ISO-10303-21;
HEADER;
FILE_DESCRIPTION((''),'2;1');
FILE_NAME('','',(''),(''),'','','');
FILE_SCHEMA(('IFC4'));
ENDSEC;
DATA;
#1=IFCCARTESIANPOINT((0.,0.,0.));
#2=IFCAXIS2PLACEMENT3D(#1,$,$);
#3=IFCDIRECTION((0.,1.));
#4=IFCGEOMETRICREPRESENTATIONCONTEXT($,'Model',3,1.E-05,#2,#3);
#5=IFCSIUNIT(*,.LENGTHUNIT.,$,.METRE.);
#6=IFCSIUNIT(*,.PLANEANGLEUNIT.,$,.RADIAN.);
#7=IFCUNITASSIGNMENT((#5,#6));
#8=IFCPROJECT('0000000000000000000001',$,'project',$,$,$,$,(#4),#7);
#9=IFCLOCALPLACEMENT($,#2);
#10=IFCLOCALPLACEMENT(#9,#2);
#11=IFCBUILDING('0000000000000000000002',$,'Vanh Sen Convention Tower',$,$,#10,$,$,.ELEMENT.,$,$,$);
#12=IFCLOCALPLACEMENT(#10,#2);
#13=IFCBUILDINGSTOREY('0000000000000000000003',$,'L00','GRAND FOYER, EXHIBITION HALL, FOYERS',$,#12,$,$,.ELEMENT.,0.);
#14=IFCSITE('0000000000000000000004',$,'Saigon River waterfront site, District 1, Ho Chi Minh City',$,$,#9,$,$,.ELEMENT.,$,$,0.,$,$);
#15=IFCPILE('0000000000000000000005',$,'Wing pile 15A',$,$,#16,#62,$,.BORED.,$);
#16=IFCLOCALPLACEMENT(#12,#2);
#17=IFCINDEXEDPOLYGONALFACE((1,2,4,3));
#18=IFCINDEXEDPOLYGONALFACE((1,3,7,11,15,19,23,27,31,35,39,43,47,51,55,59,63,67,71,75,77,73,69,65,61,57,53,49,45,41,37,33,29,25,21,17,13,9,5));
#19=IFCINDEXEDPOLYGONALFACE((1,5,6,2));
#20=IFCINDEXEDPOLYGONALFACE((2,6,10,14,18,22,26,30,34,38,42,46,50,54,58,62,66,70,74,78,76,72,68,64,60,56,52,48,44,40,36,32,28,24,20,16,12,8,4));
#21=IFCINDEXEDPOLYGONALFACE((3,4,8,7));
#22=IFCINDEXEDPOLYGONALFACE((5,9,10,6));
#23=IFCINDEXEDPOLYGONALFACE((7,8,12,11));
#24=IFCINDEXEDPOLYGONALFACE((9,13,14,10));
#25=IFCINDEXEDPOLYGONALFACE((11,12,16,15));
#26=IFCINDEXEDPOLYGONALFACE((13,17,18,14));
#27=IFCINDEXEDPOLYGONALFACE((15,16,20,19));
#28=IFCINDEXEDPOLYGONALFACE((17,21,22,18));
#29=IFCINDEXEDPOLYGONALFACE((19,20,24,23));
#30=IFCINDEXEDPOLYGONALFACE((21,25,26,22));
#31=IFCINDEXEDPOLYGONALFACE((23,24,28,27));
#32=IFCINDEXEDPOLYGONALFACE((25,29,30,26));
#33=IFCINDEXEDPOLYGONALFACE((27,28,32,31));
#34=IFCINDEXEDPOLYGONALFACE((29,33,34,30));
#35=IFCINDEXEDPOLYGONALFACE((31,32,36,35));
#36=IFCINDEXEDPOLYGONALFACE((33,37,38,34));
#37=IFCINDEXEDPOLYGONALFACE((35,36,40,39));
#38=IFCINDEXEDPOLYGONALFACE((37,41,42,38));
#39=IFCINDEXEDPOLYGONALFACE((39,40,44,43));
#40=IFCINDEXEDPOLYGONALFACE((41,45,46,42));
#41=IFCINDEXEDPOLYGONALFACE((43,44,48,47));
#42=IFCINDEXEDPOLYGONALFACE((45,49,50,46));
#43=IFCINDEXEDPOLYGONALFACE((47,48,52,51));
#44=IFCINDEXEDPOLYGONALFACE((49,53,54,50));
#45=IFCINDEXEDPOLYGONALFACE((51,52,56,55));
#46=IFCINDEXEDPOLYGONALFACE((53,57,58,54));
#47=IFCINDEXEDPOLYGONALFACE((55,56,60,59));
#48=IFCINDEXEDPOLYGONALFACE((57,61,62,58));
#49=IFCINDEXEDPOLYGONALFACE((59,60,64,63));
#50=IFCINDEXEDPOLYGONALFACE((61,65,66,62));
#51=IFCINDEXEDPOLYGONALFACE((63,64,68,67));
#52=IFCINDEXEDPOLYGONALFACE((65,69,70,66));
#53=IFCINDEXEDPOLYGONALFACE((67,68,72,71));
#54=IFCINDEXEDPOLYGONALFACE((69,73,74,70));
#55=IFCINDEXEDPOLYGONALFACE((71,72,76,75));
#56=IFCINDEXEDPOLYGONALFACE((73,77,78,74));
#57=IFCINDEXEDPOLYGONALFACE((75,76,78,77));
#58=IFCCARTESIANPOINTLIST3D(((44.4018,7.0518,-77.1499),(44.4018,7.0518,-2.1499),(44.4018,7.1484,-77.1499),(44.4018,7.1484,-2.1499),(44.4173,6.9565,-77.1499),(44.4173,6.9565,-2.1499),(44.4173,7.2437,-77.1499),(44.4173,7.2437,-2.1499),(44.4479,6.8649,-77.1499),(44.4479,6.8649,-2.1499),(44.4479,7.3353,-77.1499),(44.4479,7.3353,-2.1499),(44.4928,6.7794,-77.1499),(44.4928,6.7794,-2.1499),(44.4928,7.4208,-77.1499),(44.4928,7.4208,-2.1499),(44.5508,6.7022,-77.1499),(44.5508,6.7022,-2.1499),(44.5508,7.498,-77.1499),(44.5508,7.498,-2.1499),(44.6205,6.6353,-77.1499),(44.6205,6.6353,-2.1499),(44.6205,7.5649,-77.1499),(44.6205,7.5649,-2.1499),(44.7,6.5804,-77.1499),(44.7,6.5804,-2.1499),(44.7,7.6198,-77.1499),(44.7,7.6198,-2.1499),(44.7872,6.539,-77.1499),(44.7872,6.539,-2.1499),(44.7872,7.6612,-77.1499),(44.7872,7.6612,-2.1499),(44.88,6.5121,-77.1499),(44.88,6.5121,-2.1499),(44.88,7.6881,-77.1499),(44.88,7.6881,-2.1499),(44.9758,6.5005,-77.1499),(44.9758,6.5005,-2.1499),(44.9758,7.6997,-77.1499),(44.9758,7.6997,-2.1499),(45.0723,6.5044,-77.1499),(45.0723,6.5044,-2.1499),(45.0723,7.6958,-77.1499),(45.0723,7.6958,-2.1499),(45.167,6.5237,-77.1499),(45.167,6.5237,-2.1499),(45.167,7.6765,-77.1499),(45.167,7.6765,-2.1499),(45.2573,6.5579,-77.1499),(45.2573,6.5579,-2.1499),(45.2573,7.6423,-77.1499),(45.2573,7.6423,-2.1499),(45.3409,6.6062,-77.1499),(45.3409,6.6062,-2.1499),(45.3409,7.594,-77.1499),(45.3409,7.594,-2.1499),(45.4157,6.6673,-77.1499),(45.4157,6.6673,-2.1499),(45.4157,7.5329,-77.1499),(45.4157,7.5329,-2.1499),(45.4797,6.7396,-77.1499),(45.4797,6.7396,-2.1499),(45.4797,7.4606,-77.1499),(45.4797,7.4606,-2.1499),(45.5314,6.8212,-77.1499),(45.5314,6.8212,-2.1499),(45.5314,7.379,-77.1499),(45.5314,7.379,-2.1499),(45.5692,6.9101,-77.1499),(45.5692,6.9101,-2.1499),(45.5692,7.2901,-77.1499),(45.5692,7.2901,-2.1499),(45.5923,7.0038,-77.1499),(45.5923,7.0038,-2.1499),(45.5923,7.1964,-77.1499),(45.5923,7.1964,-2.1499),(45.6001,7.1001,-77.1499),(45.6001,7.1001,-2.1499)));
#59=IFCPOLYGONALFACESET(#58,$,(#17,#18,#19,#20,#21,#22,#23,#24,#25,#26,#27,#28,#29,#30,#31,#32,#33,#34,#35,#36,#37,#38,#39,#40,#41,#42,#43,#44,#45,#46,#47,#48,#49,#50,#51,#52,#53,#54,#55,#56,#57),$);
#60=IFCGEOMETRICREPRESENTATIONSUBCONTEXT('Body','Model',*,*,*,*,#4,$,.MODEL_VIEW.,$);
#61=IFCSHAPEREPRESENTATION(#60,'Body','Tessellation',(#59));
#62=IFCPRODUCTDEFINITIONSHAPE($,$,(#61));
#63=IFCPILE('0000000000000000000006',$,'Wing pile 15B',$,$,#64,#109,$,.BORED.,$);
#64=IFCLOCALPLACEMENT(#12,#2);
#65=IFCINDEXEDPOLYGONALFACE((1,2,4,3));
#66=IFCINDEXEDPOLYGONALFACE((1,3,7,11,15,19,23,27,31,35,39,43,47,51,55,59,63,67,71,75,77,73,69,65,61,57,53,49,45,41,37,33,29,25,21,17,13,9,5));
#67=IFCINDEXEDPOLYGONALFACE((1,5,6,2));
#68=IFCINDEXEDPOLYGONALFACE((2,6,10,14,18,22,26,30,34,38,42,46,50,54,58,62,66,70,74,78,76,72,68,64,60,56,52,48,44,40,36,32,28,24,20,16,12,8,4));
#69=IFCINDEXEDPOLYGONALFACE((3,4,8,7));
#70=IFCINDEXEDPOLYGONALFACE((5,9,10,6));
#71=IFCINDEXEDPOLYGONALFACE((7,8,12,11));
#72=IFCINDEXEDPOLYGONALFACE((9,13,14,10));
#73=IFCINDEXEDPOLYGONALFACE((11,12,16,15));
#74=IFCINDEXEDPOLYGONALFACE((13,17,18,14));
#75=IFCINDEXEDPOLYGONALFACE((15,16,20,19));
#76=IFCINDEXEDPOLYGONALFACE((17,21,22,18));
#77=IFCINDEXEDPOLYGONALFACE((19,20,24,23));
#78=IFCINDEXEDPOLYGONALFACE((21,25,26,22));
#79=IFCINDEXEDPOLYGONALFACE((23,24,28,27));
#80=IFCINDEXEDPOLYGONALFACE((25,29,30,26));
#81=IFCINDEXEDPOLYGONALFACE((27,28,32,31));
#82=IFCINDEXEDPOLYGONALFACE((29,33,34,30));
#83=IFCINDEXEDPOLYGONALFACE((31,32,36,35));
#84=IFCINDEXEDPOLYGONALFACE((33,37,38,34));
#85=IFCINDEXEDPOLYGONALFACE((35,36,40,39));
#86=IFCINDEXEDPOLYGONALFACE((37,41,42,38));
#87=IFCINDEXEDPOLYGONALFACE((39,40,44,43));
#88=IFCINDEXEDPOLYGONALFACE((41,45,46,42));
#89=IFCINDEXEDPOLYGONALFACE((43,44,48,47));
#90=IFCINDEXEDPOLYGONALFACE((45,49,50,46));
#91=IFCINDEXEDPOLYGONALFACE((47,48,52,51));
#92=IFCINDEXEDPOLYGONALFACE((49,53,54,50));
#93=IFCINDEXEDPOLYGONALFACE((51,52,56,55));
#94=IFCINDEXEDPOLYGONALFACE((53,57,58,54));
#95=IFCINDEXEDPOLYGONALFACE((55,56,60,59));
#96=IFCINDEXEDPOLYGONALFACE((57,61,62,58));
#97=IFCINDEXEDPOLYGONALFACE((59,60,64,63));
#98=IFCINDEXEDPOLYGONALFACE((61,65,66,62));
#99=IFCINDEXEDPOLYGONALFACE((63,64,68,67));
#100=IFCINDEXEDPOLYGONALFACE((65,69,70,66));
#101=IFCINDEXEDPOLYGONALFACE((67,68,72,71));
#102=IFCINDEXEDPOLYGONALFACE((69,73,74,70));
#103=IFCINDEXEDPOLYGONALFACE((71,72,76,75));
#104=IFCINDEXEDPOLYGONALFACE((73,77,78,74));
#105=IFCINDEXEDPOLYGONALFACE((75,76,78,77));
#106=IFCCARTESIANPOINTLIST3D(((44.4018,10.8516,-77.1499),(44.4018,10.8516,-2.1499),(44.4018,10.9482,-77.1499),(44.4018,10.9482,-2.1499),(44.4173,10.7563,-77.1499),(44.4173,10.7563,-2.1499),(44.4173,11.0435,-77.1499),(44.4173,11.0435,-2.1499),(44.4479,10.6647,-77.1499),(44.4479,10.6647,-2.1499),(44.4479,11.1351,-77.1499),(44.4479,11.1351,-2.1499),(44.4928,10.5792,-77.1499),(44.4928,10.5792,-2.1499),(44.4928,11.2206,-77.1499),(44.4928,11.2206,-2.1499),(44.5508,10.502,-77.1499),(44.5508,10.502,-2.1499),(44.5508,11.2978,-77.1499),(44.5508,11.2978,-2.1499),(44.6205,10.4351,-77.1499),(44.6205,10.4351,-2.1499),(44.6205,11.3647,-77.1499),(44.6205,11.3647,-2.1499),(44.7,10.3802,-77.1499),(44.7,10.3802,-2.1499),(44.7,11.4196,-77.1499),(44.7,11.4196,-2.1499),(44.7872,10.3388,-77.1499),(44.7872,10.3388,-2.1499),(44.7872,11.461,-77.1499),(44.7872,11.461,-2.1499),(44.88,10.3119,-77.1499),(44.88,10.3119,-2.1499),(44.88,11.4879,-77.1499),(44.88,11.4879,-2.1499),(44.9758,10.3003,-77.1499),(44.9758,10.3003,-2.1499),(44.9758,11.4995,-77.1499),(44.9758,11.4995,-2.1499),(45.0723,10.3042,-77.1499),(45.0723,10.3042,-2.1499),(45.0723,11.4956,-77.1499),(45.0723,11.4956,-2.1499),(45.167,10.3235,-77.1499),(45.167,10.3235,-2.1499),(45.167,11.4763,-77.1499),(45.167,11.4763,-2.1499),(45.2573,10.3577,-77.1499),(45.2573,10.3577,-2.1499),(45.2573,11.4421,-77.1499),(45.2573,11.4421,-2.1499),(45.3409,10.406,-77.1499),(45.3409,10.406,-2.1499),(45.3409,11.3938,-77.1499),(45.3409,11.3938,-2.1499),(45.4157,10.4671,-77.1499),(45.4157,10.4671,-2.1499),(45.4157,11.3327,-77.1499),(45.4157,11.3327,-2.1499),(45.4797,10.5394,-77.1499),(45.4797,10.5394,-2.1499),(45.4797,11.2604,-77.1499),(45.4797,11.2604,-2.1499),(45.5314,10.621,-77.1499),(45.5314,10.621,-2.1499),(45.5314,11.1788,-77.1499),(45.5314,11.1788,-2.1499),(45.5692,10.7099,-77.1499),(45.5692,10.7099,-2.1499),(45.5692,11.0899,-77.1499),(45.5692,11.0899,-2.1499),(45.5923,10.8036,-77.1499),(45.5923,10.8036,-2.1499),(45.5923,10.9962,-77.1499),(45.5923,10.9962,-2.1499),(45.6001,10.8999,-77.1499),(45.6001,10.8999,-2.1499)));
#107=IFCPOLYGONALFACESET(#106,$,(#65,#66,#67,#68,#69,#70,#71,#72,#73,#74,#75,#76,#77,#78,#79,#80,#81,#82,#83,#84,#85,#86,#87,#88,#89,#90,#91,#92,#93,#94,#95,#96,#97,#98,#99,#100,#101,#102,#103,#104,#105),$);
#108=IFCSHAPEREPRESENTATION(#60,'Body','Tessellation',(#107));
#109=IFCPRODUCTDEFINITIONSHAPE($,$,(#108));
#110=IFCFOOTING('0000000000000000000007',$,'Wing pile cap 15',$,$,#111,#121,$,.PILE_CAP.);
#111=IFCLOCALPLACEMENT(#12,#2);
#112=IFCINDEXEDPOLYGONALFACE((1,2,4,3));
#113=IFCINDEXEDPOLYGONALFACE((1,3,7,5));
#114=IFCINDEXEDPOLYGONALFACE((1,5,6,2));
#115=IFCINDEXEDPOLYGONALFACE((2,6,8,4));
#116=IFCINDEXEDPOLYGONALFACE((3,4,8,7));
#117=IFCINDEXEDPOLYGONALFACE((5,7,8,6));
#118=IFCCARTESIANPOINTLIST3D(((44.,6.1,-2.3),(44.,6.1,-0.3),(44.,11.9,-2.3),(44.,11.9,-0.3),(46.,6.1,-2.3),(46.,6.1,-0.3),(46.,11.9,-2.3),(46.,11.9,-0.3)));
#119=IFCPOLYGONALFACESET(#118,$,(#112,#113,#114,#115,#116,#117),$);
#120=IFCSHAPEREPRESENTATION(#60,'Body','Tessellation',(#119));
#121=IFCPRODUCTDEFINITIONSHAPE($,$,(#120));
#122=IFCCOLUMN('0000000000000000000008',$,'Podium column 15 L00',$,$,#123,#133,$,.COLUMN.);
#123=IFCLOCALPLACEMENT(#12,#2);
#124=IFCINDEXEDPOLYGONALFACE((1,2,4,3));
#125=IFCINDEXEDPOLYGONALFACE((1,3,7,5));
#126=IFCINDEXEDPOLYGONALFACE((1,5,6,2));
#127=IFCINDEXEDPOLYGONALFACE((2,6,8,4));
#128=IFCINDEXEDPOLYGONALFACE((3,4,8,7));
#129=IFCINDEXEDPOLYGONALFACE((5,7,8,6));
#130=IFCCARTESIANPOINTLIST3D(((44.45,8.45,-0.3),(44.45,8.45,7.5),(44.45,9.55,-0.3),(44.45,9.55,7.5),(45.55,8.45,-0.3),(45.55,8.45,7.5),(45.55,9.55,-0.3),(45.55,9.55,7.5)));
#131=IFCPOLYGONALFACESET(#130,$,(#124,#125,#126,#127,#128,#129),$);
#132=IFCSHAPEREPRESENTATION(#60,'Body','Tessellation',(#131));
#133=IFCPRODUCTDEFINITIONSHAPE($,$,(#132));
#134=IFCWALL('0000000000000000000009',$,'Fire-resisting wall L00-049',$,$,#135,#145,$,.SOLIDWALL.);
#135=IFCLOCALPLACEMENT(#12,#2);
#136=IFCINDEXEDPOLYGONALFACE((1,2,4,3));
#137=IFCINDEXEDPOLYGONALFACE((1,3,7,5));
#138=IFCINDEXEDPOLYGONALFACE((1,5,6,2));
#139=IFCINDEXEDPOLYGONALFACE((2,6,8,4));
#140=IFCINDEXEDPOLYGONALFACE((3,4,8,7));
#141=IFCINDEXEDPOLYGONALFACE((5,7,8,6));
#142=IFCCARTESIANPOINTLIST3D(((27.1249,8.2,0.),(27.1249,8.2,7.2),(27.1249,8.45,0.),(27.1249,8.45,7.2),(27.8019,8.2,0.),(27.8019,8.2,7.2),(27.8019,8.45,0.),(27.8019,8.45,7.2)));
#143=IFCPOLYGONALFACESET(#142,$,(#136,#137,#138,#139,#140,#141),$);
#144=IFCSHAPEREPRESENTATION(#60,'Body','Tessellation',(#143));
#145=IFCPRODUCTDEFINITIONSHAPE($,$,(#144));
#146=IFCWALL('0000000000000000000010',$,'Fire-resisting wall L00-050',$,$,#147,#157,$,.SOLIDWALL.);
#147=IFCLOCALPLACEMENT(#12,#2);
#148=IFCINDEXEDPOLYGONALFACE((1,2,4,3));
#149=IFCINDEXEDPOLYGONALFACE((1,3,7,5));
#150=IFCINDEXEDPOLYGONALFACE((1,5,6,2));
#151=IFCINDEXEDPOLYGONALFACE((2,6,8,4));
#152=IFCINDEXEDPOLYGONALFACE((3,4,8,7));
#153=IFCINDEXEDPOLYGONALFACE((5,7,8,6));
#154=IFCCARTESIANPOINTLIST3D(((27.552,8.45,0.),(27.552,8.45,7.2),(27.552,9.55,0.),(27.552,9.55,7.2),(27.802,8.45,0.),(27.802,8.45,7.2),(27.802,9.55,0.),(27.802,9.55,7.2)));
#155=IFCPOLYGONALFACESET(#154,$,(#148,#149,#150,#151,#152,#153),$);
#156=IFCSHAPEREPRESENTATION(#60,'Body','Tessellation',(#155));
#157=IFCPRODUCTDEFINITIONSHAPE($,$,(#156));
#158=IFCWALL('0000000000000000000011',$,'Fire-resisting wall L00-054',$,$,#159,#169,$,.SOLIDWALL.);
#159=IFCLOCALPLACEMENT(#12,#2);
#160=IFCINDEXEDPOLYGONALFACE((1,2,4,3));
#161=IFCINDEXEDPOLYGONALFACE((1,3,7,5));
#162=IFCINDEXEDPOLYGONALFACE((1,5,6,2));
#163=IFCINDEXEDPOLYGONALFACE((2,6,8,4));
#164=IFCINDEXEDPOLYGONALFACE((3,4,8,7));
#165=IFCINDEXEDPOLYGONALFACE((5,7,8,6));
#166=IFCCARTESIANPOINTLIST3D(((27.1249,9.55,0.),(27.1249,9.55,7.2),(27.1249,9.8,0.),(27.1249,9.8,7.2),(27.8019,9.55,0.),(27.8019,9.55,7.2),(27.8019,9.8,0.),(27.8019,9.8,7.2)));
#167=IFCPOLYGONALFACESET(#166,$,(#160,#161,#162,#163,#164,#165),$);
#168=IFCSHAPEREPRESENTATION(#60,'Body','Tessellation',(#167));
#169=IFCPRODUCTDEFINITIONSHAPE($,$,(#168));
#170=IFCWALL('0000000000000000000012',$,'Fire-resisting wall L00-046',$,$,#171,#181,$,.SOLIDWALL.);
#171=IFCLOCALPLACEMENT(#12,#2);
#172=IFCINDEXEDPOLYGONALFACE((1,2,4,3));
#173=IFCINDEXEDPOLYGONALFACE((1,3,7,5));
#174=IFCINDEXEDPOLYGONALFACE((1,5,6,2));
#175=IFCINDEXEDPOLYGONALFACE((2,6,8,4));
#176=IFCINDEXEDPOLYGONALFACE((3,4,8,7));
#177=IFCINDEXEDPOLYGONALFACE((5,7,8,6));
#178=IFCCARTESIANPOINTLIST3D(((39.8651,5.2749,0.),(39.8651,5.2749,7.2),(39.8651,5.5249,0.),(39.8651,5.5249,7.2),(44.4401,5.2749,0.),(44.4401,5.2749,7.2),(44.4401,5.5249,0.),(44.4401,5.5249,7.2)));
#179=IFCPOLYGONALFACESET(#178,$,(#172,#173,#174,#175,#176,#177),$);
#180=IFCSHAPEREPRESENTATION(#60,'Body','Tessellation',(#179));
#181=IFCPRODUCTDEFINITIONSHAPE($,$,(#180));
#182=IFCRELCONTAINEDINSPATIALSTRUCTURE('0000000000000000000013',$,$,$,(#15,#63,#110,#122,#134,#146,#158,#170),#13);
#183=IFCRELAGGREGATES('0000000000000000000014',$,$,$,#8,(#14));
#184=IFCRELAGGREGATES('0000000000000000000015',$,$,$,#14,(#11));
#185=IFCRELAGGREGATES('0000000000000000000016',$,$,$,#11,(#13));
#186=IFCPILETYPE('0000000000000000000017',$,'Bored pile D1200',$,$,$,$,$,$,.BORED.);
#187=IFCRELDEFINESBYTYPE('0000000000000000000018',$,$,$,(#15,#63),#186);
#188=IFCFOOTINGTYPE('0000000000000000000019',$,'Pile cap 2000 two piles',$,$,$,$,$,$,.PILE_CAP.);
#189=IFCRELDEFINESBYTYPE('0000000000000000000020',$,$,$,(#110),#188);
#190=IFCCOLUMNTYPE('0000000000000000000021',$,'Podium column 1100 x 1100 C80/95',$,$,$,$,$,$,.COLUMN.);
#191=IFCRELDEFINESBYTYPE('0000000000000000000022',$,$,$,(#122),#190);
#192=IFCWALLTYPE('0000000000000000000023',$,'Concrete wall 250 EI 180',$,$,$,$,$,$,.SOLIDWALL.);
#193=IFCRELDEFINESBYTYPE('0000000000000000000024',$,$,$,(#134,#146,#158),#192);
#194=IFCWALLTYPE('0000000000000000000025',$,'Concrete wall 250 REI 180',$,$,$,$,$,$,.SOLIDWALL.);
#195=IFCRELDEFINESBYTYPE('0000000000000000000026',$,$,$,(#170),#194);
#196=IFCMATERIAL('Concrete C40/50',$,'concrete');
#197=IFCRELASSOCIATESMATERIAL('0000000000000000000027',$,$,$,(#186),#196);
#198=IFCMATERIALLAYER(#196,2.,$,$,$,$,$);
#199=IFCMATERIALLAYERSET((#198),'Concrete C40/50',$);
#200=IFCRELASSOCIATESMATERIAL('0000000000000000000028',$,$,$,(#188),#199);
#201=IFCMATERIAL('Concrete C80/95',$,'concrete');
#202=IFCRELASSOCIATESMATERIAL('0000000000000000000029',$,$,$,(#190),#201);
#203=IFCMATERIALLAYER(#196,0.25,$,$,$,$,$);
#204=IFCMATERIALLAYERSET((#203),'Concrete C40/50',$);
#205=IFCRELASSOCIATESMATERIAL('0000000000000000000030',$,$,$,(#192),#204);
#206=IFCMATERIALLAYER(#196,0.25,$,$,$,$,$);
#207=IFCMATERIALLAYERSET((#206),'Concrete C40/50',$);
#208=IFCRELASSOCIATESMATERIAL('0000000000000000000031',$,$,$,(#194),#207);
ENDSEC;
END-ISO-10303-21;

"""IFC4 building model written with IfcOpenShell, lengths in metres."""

from ifc_helpers import new_model, si_unit, direction, frame, frame_2d, origin, origin_2d, place, context, subcontext, project, spatial, rectangle, circle, extrude, material, layer, layer_set, material_profile, profile_set, type_object, element, save


model = new_model("IFC4")

# Units and contexts
model_context = context("Model", 3, precision=1e-05, world=origin(), true_north=direction((0.0, 1.0)))
body_context = subcontext(model_context, "Body", "Model", "MODEL_VIEW")
ifc_project = project(units=[si_unit("LENGTHUNIT", "METRE"), si_unit("PLANEANGLEUNIT", "RADIAN")], contexts=[model_context])

# Site, building, storey
site_placement = place(None, origin())
site = spatial("IfcSite", under=ifc_project, at=site_placement, Name="Saigon River waterfront site, District 1, Ho Chi Minh City", CompositionType="ELEMENT", RefElevation=0.0)
building_placement = place(site_placement, origin())
building = spatial("IfcBuilding", under=site, at=building_placement, Name="Vanh Sen Convention Tower", CompositionType="ELEMENT")
storey_placement = place(building_placement, origin())
storey = spatial("IfcBuildingStorey", under=building, at=storey_placement, Name="L00", Description="GRAND FOYER, EXHIBITION HALL, FOYERS", CompositionType="ELEMENT", Elevation=0.0)

# Piles
ifc_material_1 = material(Name="Concrete C40/50", Category="concrete")
ifc_material_profile_1 = material_profile(ifc_material_1, circle(Radius=0.6001, at=origin_2d()), Name="Bored pile D1200")
ifc_profile_set_1 = profile_set([ifc_material_profile_1], Name="Concrete C40/50")
pile_type = type_object("IfcPileType", Name="Bored pile D1200", PredefinedType="BORED", material=ifc_profile_set_1)
for number, where, z_axis, x_axis, name in (
    (1, (45.0, 7.1001, -2.1499), (0.0, 0.0, -1.0), (1.0, 0.0, 0.0), "Wing pile 15A"),
    (2, (45.0, 10.8999, -2.1499), (0.0, 0.0, -1.0), (1.0, 0.0, 0.0), "Wing pile 15B"),
):
    element("IfcPile", number, at=place(storey_placement, frame(where, z_axis=z_axis, x_axis=x_axis)), inside=storey, type_object=pile_type, Name=name, PredefinedType="BORED", context=body_context, shape_type="SweptSolid", body=[
        extrude(circle(Radius=0.6001, at=origin_2d()), origin(), (0.0, 0.0, 1.0), 75.0),
    ])

# Footing
ifc_layer_1 = layer(ifc_material_1, 2.0)
ifc_layer_set_1 = layer_set([ifc_layer_1], Name="Concrete C40/50")
footing_type = type_object("IfcFootingType", Name="Pile cap 2000 two piles", PredefinedType="PILE_CAP", material=ifc_layer_set_1)
footing_placement = place(storey_placement, frame((45.0, 9.0, -2.3), z_axis=(0.0, 0.0, 1.0), x_axis=(1.0, 0.0, 0.0)))
element("IfcFooting", 3, at=footing_placement, inside=storey, type_object=footing_type, Name="Wing pile cap 15", PredefinedType="PILE_CAP", context=body_context, shape_type="SweptSolid", body=[
    extrude(rectangle(XDim=2.0, YDim=5.8, at=origin_2d()), origin(), (0.0, 0.0, 1.0), 2.0),
])

# Column
ifc_material_2 = material(Name="Concrete C80/95", Category="concrete")
ifc_material_profile_2 = material_profile(ifc_material_2, rectangle(XDim=1.1001, YDim=1.1001, at=origin_2d()), Name="RC 1100X1100")
ifc_profile_set_2 = profile_set([ifc_material_profile_2], Name="Concrete C80/95")
column_type = type_object("IfcColumnType", Name="Podium column 1100 x 1100 C80/95", PredefinedType="COLUMN", material=ifc_profile_set_2)
column_placement = place(storey_placement, frame((45.0, 9.0, -0.3), z_axis=(0.0, 0.0, 1.0), x_axis=(1.0, 0.0, 0.0)))
element("IfcColumn", 4, at=column_placement, inside=storey, type_object=column_type, Name="Podium column 15 L00", PredefinedType="COLUMN", context=body_context, shape_type="SweptSolid", body=[
    extrude(rectangle(XDim=1.1001, YDim=1.1001, at=origin_2d()), origin(), (0.0, 0.0, 1.0), 7.8),
])

# Walls
ifc_layer_2 = layer(ifc_material_1, 0.25)
ifc_layer_set_2 = layer_set([ifc_layer_2], Name="Concrete C40/50")
wall_type_1 = type_object("IfcWallType", Name="Concrete wall 250 EI 180", PredefinedType="SOLIDWALL", material=ifc_layer_set_2)
wall_1_placement = place(storey_placement, frame((27.125, 8.325, 0.0), z_axis=(0.0, 0.0, 1.0), x_axis=(1.0, 0.0, 0.0)))
element("IfcWall", 5, at=wall_1_placement, inside=storey, type_object=wall_type_1, Name="Fire-resisting wall L00-049", PredefinedType="SOLIDWALL", context=body_context, shape_type="SweptSolid", body=[
    extrude(rectangle(XDim=0.677, YDim=0.25, at=frame_2d((0.3384, 0.0))), origin(), (0.0, 0.0, 1.0), 7.2),
])
wall_2_placement = place(storey_placement, frame((27.677, 8.45, 0.0), z_axis=(0.0, 0.0, 1.0), x_axis=(0.0, 1.0, 0.0)))
element("IfcWall", 6, at=wall_2_placement, inside=storey, type_object=wall_type_1, Name="Fire-resisting wall L00-050", PredefinedType="SOLIDWALL", context=body_context, shape_type="SweptSolid", body=[
    extrude(rectangle(XDim=1.1001, YDim=0.25, at=frame_2d((0.55, 0.0))), origin(), (0.0, 0.0, 1.0), 7.2),
])
wall_3_placement = place(storey_placement, frame((27.125, 9.675, 0.0), z_axis=(0.0, 0.0, 1.0), x_axis=(1.0, 0.0, 0.0)))
element("IfcWall", 7, at=wall_3_placement, inside=storey, type_object=wall_type_1, Name="Fire-resisting wall L00-054", PredefinedType="SOLIDWALL", context=body_context, shape_type="SweptSolid", body=[
    extrude(rectangle(XDim=0.677, YDim=0.25, at=frame_2d((0.3384, 0.0))), origin(), (0.0, 0.0, 1.0), 7.2),
])
ifc_layer_3 = layer(ifc_material_1, 0.25)
ifc_layer_set_3 = layer_set([ifc_layer_3], Name="Concrete C40/50")
wall_type_2 = type_object("IfcWallType", Name="Concrete wall 250 REI 180", PredefinedType="SOLIDWALL", material=ifc_layer_set_3)
wall_4_placement = place(storey_placement, frame((39.865, 5.3999, 0.0), z_axis=(0.0, 0.0, 1.0), x_axis=(1.0, 0.0, 0.0)))
element("IfcWall", 8, at=wall_4_placement, inside=storey, type_object=wall_type_2, Name="Fire-resisting wall L00-046", PredefinedType="SOLIDWALL", context=body_context, shape_type="SweptSolid", body=[
    extrude(rectangle(XDim=4.575, YDim=0.25, at=frame_2d((2.2876, 0.0))), origin(), (0.0, 0.0, 1.0), 7.2),
])

save(model, "model.ifc")
